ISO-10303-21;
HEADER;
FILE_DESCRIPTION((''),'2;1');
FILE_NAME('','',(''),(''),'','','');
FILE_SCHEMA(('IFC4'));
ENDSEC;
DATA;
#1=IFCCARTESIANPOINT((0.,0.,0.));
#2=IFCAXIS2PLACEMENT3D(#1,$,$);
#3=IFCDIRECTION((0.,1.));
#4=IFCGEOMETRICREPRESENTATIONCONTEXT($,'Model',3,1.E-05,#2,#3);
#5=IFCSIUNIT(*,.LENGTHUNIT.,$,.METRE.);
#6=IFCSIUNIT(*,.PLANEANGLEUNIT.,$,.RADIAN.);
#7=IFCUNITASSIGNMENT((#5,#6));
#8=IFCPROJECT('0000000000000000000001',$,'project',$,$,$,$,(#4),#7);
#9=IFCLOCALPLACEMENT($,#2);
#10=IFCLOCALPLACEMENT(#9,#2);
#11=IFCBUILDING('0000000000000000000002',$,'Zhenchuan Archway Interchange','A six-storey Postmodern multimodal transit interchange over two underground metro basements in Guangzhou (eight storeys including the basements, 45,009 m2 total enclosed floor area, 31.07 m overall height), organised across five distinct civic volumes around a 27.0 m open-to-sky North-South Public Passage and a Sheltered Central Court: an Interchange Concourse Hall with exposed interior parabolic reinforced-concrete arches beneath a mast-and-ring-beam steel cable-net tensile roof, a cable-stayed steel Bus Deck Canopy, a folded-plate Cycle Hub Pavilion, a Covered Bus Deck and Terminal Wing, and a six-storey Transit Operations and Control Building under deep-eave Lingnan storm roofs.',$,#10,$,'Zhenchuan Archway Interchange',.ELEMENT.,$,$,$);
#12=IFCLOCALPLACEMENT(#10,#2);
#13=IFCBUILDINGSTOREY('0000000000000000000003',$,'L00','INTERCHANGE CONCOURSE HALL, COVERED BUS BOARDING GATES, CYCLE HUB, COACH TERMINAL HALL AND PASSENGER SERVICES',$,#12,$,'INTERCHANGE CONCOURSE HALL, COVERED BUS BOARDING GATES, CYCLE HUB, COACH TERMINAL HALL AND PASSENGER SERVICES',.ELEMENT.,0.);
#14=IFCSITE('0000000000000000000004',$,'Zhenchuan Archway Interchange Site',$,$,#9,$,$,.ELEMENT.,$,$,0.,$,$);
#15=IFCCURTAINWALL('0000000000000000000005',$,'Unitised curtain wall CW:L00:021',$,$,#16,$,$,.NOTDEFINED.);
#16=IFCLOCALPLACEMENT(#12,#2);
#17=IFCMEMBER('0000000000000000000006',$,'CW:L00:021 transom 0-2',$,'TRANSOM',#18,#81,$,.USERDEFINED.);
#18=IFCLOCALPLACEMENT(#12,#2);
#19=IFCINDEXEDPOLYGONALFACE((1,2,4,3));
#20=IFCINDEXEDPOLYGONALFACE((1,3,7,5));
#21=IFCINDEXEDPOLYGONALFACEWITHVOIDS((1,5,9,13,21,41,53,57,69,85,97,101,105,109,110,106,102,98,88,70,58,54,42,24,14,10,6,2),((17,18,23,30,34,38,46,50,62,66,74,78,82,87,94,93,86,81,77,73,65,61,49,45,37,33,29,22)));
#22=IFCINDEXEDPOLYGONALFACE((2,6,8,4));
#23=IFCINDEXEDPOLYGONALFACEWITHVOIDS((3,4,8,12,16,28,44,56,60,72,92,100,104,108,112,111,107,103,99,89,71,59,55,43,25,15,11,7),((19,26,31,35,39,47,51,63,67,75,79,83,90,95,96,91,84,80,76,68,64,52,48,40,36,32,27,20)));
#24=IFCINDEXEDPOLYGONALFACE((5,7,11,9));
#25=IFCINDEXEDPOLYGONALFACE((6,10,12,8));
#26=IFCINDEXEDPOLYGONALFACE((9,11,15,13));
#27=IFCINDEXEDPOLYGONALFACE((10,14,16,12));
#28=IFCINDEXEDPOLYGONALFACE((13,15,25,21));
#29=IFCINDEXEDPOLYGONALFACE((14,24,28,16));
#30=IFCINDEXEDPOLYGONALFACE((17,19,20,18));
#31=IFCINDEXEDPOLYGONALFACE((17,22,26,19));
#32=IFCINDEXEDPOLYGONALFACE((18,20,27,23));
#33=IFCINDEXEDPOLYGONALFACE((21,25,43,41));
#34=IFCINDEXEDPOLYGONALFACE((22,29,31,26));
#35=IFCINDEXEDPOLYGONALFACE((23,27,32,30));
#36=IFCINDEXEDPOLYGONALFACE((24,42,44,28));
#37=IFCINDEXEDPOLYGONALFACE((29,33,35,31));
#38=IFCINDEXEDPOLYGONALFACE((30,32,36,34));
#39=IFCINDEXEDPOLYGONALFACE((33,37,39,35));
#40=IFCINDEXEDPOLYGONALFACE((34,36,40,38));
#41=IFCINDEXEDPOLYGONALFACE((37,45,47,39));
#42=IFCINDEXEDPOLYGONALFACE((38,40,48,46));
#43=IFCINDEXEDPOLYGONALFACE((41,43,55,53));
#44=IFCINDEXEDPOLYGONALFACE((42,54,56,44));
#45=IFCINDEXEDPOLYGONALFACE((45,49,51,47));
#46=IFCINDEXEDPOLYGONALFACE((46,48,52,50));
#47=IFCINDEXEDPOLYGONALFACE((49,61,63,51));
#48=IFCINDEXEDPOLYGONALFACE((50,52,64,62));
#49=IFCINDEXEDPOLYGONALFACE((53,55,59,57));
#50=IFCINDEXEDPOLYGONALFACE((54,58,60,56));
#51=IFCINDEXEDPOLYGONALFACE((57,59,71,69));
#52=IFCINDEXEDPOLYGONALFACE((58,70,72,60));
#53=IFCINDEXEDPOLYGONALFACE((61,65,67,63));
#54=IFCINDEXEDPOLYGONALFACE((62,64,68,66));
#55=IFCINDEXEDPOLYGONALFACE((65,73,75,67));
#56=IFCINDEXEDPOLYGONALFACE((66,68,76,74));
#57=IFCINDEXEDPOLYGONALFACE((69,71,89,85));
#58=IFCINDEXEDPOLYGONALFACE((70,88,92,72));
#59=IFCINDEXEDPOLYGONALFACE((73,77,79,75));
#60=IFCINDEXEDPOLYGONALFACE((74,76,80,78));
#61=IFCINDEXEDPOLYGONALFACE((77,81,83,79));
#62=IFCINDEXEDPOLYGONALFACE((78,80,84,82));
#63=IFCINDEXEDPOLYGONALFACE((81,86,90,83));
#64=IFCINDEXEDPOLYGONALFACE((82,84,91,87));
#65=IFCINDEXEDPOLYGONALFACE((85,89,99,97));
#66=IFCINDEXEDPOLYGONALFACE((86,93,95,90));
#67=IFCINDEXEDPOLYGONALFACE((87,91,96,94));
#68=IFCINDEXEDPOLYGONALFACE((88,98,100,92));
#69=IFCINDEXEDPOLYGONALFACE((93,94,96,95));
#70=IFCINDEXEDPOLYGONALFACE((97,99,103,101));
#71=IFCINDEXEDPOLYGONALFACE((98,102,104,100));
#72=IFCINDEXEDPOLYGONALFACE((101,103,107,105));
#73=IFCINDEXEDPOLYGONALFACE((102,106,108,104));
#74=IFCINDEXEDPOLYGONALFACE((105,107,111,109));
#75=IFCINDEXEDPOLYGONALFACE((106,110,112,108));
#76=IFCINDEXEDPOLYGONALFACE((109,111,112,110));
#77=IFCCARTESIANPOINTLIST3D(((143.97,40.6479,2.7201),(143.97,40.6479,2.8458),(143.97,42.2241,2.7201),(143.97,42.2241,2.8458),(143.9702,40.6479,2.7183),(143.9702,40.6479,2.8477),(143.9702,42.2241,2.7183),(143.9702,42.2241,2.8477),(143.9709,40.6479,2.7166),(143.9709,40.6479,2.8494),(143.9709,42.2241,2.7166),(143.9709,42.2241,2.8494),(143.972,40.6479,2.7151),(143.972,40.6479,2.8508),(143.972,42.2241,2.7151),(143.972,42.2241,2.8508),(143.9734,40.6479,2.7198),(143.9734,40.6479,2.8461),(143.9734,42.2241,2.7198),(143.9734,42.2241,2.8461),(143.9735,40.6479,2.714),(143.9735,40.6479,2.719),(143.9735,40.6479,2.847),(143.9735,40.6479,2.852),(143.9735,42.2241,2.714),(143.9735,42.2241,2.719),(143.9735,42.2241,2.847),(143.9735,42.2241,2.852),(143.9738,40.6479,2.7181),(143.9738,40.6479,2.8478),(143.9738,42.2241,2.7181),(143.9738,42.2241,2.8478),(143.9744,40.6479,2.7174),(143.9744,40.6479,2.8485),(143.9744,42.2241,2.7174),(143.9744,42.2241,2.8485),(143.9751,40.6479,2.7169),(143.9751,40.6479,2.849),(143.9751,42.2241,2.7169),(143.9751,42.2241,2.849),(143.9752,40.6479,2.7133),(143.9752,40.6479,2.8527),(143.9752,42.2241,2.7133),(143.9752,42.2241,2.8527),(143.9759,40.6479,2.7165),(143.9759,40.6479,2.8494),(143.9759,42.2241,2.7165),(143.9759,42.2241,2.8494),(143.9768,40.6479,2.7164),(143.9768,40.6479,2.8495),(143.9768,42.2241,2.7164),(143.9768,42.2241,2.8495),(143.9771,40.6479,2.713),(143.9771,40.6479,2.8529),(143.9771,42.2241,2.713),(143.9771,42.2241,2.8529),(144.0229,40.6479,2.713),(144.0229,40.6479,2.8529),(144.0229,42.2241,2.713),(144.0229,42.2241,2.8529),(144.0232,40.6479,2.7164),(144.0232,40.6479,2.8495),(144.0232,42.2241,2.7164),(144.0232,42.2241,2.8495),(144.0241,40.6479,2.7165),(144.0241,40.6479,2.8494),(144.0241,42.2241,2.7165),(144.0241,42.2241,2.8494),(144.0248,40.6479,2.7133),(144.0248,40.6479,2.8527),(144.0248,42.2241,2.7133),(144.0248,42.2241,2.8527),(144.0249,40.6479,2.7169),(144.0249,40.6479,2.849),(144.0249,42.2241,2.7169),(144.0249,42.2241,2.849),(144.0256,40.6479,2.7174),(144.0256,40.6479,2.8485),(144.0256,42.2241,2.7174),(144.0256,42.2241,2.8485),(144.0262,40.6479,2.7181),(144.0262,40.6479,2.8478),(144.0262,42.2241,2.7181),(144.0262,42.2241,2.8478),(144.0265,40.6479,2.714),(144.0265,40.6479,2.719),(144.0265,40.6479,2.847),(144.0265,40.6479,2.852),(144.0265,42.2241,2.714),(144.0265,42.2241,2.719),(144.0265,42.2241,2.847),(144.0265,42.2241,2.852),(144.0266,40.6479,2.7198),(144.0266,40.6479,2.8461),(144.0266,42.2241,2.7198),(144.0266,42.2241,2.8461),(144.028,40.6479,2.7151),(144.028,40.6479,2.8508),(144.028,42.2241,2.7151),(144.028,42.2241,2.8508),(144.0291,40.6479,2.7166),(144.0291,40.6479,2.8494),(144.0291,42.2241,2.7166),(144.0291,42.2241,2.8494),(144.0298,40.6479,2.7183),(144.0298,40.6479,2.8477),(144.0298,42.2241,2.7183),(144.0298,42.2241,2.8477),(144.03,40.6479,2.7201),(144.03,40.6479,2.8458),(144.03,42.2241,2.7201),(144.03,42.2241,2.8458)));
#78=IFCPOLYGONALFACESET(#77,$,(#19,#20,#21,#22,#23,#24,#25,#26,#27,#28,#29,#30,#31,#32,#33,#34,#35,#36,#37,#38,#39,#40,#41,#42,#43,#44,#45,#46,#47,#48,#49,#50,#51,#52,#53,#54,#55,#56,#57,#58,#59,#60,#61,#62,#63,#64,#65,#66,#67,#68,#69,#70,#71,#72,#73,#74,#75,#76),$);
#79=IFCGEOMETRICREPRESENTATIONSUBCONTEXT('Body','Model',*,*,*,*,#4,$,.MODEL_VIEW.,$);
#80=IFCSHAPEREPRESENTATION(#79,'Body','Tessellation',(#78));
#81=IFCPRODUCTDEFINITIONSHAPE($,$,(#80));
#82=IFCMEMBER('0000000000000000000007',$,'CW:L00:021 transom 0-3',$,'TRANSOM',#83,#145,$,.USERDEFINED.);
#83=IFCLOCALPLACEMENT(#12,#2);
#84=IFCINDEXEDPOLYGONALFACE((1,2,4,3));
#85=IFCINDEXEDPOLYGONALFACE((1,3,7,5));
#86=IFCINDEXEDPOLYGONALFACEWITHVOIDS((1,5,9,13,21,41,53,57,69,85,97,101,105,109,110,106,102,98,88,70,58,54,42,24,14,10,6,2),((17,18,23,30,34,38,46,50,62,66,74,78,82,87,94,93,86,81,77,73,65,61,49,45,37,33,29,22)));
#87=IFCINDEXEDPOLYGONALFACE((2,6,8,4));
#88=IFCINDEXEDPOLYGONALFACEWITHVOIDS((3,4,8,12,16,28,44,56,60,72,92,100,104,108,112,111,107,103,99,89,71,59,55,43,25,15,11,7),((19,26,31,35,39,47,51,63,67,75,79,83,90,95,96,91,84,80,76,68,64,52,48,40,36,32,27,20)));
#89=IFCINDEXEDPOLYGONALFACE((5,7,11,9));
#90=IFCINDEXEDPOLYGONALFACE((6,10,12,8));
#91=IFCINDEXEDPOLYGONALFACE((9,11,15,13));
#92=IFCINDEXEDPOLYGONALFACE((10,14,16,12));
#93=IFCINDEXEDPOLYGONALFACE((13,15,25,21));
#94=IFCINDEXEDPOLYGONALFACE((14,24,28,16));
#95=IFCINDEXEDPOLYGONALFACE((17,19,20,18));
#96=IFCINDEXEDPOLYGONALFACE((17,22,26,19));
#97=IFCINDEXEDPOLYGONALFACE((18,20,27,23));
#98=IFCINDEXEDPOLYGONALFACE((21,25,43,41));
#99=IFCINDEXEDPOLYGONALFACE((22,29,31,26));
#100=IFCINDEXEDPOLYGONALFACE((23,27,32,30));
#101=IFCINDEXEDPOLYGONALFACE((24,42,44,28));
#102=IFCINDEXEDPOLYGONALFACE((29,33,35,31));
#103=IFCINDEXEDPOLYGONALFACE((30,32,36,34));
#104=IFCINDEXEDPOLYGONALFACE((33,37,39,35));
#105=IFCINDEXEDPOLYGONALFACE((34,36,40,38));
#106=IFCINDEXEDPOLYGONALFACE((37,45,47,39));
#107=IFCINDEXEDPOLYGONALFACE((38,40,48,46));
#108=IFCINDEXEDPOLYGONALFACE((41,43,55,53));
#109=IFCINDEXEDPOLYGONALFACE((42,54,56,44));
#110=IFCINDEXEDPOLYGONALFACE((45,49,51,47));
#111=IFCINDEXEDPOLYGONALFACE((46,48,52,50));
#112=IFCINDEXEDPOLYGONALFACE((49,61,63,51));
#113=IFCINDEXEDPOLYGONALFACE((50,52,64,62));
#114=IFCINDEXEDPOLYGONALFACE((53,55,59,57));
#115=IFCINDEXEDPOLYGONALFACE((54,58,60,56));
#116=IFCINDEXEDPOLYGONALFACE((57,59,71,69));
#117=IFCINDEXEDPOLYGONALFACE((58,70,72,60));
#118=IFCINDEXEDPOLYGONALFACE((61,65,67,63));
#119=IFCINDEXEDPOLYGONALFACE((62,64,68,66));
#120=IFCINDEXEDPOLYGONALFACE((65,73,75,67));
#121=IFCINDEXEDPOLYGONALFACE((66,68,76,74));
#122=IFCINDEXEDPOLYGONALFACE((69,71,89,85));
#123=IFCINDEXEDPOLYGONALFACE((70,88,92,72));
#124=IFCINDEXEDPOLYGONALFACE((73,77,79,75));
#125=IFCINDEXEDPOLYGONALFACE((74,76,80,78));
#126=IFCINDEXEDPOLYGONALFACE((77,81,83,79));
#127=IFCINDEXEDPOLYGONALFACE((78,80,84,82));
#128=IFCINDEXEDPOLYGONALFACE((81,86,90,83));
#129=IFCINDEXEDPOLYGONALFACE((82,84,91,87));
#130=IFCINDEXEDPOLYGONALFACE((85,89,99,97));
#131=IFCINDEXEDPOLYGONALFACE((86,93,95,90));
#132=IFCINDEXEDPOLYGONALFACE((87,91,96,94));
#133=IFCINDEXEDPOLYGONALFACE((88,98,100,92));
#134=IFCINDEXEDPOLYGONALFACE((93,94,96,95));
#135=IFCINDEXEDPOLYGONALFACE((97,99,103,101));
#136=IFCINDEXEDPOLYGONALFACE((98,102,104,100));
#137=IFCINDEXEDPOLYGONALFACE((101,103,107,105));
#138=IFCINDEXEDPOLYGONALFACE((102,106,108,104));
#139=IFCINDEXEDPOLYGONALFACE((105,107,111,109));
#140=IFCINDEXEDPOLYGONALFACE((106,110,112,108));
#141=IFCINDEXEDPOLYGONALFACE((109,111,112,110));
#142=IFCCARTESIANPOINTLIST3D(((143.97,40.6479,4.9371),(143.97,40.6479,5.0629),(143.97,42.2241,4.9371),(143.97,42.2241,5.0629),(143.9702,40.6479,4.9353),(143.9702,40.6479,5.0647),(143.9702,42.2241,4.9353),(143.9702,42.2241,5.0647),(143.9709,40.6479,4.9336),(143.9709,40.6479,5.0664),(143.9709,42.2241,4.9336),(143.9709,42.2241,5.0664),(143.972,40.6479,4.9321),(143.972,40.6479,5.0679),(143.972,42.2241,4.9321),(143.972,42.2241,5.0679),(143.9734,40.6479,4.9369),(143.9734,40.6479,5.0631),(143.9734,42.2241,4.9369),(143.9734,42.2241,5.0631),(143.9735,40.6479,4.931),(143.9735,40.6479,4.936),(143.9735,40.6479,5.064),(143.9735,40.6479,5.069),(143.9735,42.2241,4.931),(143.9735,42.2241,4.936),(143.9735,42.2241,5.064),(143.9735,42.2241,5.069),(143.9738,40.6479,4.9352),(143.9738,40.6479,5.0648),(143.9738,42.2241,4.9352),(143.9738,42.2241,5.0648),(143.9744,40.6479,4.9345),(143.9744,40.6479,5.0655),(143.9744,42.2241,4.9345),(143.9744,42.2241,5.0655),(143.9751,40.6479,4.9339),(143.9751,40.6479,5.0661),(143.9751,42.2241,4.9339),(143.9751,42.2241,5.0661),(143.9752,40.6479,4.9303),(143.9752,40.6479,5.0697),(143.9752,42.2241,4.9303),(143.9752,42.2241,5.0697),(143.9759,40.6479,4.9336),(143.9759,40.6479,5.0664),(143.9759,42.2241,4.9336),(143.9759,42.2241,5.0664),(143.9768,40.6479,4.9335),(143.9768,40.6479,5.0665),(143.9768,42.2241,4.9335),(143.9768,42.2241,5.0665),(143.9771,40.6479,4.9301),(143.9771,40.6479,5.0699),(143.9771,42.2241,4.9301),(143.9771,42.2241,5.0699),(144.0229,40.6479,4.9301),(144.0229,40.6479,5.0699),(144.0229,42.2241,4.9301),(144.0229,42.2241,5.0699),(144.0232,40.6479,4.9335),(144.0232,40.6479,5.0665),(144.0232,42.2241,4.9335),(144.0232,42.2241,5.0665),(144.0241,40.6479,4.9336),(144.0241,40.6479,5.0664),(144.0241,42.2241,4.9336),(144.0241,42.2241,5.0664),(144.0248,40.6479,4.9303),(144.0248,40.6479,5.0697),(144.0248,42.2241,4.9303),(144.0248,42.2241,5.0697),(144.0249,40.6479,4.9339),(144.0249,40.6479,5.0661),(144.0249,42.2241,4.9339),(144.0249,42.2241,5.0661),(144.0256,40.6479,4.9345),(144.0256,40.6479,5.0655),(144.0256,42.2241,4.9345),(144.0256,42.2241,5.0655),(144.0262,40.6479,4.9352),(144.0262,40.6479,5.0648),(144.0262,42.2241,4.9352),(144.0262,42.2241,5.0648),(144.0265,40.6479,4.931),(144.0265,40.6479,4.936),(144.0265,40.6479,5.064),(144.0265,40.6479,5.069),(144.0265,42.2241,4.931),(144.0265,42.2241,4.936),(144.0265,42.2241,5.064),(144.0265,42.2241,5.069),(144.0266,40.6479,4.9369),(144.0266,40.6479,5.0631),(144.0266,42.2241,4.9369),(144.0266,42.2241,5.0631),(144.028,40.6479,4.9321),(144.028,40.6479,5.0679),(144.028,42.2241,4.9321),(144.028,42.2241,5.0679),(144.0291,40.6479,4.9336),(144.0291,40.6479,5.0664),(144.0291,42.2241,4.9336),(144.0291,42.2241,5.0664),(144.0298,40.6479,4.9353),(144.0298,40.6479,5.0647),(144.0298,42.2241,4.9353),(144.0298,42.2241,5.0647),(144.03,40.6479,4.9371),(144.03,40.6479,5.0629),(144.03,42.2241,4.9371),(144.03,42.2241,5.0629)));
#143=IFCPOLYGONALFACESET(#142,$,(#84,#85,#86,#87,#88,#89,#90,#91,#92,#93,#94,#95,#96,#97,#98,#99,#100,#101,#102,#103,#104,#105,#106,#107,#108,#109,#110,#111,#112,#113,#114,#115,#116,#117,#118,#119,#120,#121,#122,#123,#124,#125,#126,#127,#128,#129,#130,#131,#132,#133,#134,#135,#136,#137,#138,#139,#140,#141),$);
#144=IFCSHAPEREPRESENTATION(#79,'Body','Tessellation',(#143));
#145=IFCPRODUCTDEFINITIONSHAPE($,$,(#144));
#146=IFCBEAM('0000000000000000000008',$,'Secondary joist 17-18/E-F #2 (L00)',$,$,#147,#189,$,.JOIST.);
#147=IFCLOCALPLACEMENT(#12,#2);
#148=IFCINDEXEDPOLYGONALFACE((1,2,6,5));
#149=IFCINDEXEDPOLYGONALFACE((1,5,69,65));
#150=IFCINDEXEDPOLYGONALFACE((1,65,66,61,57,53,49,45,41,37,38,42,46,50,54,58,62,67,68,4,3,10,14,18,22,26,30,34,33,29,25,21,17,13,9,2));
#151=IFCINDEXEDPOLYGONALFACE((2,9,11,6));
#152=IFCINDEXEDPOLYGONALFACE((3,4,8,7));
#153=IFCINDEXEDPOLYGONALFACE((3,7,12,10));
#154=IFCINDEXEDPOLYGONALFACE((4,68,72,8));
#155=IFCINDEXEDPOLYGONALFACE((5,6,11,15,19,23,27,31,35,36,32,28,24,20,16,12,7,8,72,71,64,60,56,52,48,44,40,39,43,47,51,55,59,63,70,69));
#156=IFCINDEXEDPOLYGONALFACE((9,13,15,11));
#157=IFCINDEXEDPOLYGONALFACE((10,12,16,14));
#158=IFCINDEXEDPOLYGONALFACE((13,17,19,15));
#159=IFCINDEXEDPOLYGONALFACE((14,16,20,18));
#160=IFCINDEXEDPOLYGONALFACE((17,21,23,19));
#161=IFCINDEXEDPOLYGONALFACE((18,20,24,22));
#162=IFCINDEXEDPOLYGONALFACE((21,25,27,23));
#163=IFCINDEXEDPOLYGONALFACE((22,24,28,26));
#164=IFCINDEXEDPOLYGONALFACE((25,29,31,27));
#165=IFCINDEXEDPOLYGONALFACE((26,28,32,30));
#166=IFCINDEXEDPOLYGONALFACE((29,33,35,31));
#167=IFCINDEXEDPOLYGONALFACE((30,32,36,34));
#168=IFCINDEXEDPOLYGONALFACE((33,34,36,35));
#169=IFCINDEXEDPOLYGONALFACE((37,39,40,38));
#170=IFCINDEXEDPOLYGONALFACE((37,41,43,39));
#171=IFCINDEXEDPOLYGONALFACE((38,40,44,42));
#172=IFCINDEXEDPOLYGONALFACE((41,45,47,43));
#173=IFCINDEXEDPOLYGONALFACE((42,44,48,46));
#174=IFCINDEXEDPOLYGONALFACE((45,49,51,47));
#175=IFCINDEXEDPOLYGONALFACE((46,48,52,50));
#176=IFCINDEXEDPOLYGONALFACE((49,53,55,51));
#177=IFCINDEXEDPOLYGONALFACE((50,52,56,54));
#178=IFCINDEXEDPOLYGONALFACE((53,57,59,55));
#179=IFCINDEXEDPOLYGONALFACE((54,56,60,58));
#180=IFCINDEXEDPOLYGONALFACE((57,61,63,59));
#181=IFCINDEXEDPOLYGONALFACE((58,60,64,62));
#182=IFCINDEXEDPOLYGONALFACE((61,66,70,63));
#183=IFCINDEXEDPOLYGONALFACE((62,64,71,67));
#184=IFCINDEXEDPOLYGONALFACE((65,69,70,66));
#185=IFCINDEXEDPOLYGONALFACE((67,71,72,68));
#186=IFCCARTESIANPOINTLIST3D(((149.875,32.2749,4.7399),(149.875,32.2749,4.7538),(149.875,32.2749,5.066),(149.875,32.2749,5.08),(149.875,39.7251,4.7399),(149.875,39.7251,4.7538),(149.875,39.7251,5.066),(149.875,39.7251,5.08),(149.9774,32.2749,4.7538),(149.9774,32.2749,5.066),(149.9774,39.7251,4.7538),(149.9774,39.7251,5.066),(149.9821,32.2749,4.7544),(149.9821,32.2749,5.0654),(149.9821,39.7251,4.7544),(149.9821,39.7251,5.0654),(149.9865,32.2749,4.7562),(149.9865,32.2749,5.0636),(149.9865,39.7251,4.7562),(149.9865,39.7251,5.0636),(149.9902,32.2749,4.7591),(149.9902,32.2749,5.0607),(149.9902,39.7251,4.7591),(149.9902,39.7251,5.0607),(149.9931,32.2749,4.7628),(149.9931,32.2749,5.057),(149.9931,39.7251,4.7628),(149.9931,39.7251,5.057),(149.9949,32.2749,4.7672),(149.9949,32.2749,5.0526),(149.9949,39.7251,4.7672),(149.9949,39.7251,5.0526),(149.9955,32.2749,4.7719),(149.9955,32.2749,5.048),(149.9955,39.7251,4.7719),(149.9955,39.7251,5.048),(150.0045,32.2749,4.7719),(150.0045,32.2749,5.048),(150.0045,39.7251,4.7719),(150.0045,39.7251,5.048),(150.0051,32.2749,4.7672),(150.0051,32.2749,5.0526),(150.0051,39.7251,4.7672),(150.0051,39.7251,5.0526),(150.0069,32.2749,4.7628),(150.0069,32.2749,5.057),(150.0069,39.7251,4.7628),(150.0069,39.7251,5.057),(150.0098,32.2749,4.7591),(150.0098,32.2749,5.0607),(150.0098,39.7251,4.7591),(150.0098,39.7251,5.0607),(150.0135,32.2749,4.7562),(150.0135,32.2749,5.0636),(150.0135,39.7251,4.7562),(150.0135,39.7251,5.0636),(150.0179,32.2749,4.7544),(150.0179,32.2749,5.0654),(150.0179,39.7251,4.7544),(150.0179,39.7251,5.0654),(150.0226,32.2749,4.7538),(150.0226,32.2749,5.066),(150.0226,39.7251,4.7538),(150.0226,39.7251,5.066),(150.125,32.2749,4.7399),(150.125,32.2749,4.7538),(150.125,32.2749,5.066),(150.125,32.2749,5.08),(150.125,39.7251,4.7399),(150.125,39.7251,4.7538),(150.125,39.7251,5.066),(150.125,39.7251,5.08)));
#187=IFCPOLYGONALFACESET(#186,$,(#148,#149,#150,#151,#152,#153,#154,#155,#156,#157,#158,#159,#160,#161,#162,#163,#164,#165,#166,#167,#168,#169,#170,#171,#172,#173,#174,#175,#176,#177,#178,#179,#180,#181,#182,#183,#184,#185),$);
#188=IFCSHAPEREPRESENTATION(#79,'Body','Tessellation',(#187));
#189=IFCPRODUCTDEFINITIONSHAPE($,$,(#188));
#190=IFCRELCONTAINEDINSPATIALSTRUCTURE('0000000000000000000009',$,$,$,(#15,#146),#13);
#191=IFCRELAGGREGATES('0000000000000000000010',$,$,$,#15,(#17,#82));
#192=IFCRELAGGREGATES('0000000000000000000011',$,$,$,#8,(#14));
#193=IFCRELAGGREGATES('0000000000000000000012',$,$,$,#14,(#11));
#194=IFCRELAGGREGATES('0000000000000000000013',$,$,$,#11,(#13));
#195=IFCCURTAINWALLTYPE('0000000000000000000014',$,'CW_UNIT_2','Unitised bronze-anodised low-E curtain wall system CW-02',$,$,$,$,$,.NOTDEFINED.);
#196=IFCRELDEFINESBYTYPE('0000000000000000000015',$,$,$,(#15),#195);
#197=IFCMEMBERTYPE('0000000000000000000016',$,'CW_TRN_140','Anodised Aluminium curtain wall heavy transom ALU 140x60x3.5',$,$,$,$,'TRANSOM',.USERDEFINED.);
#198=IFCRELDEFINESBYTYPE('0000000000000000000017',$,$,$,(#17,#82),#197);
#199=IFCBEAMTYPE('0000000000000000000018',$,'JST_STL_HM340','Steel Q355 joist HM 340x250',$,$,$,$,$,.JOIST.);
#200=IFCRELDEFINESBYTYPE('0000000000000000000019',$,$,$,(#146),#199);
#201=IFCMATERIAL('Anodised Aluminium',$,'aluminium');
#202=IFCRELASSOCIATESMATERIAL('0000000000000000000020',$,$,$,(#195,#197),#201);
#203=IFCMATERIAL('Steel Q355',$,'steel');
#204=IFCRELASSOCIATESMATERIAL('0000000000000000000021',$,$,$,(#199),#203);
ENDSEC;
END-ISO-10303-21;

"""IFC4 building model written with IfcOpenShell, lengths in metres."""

from ifc_helpers import new_model, si_unit, direction, frame, origin, origin_2d, place, context, subcontext, project, spatial, hollow_rectangle, i_section, extrude, material, material_profile, profile_set, type_object, element, aggregate, save


model = new_model("IFC4")

# Units and contexts
model_context = context("Model", 3, precision=1e-05, world=origin(), true_north=direction((0.0, 1.0)))
body_context = subcontext(model_context, "Body", "Model", "MODEL_VIEW")
ifc_project = project(units=[si_unit("LENGTHUNIT", "METRE"), si_unit("PLANEANGLEUNIT", "RADIAN")], contexts=[model_context])

# Site, building, storey
site_placement = place(None, origin())
site = spatial("IfcSite", under=ifc_project, at=site_placement, Name="Zhenchuan Archway Interchange Site", CompositionType="ELEMENT", RefElevation=0.0)
building_placement = place(site_placement, origin())
building = spatial("IfcBuilding", under=site, at=building_placement, Name="Zhenchuan Archway Interchange", Description="A six-storey Postmodern multimodal transit interchange over two underground metro basements in Guangzhou (eight storeys including the basements, 45,009 m2 total enclosed floor area, 31.07 m overall height), organised across five distinct civic volumes around a 27.0 m open-to-sky North-South Public Passage and a Sheltered Central Court: an Interchange Concourse Hall with exposed interior parabolic reinforced-concrete arches beneath a mast-and-ring-beam steel cable-net tensile roof, a cable-stayed steel Bus Deck Canopy, a folded-plate Cycle Hub Pavilion, a Covered Bus Deck and Terminal Wing, and a six-storey Transit Operations and Control Building under deep-eave Lingnan storm roofs.", LongName="Zhenchuan Archway Interchange", CompositionType="ELEMENT")
storey_placement = place(building_placement, origin())
storey = spatial("IfcBuildingStorey", under=building, at=storey_placement, Name="L00", Description="INTERCHANGE CONCOURSE HALL, COVERED BUS BOARDING GATES, CYCLE HUB, COACH TERMINAL HALL AND PASSENGER SERVICES", LongName="INTERCHANGE CONCOURSE HALL, COVERED BUS BOARDING GATES, CYCLE HUB, COACH TERMINAL HALL AND PASSENGER SERVICES", CompositionType="ELEMENT", Elevation=0.0)

# Curtain wall, members
ifc_material_1 = material(Name="Anodised Aluminium", Category="aluminium")
curtain_wall_type = type_object("IfcCurtainWallType", Name="CW_UNIT_2", Description="Unitised bronze-anodised low-E curtain wall system CW-02", PredefinedType="NOTDEFINED", material=ifc_material_1)
curtain_wall_placement = place(storey_placement, origin())
curtain_wall = element("IfcCurtainWall", 1, at=curtain_wall_placement, inside=storey, type_object=curtain_wall_type, Name="Unitised curtain wall CW:L00:021", PredefinedType="NOTDEFINED")
ifc_material_profile_1 = material_profile(ifc_material_1, hollow_rectangle(XDim=0.0601, YDim=0.1399, WallThickness=0.0034, InnerFilletRadius=0.0034, OuterFilletRadius=0.0071, at=origin_2d()), Name="ALU 140x60x3.5")
ifc_profile_set_1 = profile_set([ifc_material_profile_1], Name="Anodised Aluminium")
member_type_1 = type_object("IfcMemberType", Name="CW_TRN_140", Description="Anodised Aluminium curtain wall heavy transom ALU 140x60x3.5", ElementType="TRANSOM", PredefinedType="USERDEFINED", material=ifc_profile_set_1)
member_1_placement = place(storey_placement, frame((144.0, 40.6479, 2.783), z_axis=(0.0, 1.0, 0.0), x_axis=(-1.0, 0.0, 0.0)))
member_1 = element("IfcMember", 2, at=member_1_placement, type_object=member_type_1, Name="CW:L00:021 transom 0-2", ObjectType="TRANSOM", PredefinedType="USERDEFINED", context=body_context, shape_type="SweptSolid", body=[
    extrude(hollow_rectangle(XDim=0.0601, YDim=0.1399, WallThickness=0.0034, InnerFilletRadius=0.0034, OuterFilletRadius=0.0071, at=origin_2d()), origin(), (0.0, 0.0, 1.0), 1.5762),
])
member_2_placement = place(storey_placement, frame((144.0, 40.6479, 5.0), z_axis=(0.0, 1.0, 0.0), x_axis=(-1.0, 0.0, 0.0)))
member_2 = element("IfcMember", 3, at=member_2_placement, type_object=member_type_1, Name="CW:L00:021 transom 0-3", ObjectType="TRANSOM", PredefinedType="USERDEFINED", context=body_context, shape_type="SweptSolid", body=[
    extrude(hollow_rectangle(XDim=0.0601, YDim=0.1399, WallThickness=0.0034, InnerFilletRadius=0.0034, OuterFilletRadius=0.0071, at=origin_2d()), origin(), (0.0, 0.0, 1.0), 1.5762),
])
aggregate(curtain_wall, [member_1, member_2])

# Beam
ifc_material_2 = material(Name="Steel Q355", Category="steel")
ifc_material_profile_2 = material_profile(ifc_material_2, i_section(OverallWidth=0.25, OverallDepth=0.3401, WebThickness=0.009, FlangeThickness=0.0139, FilletRadius=0.0181, at=origin_2d()), Name="HM 340x250")
ifc_profile_set_2 = profile_set([ifc_material_profile_2], Name="Steel Q355")
beam_type_1 = type_object("IfcBeamType", Name="JST_STL_HM340", Description="Steel Q355 joist HM 340x250", PredefinedType="JOIST", material=ifc_profile_set_2)
beam_1_placement = place(storey_placement, frame((150.0, 32.2749, 4.9099), z_axis=(0.0, 1.0, 0.0), x_axis=(-1.0, 0.0, 0.0)))
element("IfcBeam", 4, at=beam_1_placement, inside=storey, type_object=beam_type_1, Name="Secondary joist 17-18/E-F #2 (L00)", PredefinedType="JOIST", context=body_context, shape_type="SweptSolid", body=[
    extrude(i_section(OverallWidth=0.25, OverallDepth=0.3401, WebThickness=0.009, FlangeThickness=0.0139, FilletRadius=0.0181, at=origin_2d()), origin(), (0.0, 0.0, 1.0), 7.4502),
])

save(model, "model.ifc")
